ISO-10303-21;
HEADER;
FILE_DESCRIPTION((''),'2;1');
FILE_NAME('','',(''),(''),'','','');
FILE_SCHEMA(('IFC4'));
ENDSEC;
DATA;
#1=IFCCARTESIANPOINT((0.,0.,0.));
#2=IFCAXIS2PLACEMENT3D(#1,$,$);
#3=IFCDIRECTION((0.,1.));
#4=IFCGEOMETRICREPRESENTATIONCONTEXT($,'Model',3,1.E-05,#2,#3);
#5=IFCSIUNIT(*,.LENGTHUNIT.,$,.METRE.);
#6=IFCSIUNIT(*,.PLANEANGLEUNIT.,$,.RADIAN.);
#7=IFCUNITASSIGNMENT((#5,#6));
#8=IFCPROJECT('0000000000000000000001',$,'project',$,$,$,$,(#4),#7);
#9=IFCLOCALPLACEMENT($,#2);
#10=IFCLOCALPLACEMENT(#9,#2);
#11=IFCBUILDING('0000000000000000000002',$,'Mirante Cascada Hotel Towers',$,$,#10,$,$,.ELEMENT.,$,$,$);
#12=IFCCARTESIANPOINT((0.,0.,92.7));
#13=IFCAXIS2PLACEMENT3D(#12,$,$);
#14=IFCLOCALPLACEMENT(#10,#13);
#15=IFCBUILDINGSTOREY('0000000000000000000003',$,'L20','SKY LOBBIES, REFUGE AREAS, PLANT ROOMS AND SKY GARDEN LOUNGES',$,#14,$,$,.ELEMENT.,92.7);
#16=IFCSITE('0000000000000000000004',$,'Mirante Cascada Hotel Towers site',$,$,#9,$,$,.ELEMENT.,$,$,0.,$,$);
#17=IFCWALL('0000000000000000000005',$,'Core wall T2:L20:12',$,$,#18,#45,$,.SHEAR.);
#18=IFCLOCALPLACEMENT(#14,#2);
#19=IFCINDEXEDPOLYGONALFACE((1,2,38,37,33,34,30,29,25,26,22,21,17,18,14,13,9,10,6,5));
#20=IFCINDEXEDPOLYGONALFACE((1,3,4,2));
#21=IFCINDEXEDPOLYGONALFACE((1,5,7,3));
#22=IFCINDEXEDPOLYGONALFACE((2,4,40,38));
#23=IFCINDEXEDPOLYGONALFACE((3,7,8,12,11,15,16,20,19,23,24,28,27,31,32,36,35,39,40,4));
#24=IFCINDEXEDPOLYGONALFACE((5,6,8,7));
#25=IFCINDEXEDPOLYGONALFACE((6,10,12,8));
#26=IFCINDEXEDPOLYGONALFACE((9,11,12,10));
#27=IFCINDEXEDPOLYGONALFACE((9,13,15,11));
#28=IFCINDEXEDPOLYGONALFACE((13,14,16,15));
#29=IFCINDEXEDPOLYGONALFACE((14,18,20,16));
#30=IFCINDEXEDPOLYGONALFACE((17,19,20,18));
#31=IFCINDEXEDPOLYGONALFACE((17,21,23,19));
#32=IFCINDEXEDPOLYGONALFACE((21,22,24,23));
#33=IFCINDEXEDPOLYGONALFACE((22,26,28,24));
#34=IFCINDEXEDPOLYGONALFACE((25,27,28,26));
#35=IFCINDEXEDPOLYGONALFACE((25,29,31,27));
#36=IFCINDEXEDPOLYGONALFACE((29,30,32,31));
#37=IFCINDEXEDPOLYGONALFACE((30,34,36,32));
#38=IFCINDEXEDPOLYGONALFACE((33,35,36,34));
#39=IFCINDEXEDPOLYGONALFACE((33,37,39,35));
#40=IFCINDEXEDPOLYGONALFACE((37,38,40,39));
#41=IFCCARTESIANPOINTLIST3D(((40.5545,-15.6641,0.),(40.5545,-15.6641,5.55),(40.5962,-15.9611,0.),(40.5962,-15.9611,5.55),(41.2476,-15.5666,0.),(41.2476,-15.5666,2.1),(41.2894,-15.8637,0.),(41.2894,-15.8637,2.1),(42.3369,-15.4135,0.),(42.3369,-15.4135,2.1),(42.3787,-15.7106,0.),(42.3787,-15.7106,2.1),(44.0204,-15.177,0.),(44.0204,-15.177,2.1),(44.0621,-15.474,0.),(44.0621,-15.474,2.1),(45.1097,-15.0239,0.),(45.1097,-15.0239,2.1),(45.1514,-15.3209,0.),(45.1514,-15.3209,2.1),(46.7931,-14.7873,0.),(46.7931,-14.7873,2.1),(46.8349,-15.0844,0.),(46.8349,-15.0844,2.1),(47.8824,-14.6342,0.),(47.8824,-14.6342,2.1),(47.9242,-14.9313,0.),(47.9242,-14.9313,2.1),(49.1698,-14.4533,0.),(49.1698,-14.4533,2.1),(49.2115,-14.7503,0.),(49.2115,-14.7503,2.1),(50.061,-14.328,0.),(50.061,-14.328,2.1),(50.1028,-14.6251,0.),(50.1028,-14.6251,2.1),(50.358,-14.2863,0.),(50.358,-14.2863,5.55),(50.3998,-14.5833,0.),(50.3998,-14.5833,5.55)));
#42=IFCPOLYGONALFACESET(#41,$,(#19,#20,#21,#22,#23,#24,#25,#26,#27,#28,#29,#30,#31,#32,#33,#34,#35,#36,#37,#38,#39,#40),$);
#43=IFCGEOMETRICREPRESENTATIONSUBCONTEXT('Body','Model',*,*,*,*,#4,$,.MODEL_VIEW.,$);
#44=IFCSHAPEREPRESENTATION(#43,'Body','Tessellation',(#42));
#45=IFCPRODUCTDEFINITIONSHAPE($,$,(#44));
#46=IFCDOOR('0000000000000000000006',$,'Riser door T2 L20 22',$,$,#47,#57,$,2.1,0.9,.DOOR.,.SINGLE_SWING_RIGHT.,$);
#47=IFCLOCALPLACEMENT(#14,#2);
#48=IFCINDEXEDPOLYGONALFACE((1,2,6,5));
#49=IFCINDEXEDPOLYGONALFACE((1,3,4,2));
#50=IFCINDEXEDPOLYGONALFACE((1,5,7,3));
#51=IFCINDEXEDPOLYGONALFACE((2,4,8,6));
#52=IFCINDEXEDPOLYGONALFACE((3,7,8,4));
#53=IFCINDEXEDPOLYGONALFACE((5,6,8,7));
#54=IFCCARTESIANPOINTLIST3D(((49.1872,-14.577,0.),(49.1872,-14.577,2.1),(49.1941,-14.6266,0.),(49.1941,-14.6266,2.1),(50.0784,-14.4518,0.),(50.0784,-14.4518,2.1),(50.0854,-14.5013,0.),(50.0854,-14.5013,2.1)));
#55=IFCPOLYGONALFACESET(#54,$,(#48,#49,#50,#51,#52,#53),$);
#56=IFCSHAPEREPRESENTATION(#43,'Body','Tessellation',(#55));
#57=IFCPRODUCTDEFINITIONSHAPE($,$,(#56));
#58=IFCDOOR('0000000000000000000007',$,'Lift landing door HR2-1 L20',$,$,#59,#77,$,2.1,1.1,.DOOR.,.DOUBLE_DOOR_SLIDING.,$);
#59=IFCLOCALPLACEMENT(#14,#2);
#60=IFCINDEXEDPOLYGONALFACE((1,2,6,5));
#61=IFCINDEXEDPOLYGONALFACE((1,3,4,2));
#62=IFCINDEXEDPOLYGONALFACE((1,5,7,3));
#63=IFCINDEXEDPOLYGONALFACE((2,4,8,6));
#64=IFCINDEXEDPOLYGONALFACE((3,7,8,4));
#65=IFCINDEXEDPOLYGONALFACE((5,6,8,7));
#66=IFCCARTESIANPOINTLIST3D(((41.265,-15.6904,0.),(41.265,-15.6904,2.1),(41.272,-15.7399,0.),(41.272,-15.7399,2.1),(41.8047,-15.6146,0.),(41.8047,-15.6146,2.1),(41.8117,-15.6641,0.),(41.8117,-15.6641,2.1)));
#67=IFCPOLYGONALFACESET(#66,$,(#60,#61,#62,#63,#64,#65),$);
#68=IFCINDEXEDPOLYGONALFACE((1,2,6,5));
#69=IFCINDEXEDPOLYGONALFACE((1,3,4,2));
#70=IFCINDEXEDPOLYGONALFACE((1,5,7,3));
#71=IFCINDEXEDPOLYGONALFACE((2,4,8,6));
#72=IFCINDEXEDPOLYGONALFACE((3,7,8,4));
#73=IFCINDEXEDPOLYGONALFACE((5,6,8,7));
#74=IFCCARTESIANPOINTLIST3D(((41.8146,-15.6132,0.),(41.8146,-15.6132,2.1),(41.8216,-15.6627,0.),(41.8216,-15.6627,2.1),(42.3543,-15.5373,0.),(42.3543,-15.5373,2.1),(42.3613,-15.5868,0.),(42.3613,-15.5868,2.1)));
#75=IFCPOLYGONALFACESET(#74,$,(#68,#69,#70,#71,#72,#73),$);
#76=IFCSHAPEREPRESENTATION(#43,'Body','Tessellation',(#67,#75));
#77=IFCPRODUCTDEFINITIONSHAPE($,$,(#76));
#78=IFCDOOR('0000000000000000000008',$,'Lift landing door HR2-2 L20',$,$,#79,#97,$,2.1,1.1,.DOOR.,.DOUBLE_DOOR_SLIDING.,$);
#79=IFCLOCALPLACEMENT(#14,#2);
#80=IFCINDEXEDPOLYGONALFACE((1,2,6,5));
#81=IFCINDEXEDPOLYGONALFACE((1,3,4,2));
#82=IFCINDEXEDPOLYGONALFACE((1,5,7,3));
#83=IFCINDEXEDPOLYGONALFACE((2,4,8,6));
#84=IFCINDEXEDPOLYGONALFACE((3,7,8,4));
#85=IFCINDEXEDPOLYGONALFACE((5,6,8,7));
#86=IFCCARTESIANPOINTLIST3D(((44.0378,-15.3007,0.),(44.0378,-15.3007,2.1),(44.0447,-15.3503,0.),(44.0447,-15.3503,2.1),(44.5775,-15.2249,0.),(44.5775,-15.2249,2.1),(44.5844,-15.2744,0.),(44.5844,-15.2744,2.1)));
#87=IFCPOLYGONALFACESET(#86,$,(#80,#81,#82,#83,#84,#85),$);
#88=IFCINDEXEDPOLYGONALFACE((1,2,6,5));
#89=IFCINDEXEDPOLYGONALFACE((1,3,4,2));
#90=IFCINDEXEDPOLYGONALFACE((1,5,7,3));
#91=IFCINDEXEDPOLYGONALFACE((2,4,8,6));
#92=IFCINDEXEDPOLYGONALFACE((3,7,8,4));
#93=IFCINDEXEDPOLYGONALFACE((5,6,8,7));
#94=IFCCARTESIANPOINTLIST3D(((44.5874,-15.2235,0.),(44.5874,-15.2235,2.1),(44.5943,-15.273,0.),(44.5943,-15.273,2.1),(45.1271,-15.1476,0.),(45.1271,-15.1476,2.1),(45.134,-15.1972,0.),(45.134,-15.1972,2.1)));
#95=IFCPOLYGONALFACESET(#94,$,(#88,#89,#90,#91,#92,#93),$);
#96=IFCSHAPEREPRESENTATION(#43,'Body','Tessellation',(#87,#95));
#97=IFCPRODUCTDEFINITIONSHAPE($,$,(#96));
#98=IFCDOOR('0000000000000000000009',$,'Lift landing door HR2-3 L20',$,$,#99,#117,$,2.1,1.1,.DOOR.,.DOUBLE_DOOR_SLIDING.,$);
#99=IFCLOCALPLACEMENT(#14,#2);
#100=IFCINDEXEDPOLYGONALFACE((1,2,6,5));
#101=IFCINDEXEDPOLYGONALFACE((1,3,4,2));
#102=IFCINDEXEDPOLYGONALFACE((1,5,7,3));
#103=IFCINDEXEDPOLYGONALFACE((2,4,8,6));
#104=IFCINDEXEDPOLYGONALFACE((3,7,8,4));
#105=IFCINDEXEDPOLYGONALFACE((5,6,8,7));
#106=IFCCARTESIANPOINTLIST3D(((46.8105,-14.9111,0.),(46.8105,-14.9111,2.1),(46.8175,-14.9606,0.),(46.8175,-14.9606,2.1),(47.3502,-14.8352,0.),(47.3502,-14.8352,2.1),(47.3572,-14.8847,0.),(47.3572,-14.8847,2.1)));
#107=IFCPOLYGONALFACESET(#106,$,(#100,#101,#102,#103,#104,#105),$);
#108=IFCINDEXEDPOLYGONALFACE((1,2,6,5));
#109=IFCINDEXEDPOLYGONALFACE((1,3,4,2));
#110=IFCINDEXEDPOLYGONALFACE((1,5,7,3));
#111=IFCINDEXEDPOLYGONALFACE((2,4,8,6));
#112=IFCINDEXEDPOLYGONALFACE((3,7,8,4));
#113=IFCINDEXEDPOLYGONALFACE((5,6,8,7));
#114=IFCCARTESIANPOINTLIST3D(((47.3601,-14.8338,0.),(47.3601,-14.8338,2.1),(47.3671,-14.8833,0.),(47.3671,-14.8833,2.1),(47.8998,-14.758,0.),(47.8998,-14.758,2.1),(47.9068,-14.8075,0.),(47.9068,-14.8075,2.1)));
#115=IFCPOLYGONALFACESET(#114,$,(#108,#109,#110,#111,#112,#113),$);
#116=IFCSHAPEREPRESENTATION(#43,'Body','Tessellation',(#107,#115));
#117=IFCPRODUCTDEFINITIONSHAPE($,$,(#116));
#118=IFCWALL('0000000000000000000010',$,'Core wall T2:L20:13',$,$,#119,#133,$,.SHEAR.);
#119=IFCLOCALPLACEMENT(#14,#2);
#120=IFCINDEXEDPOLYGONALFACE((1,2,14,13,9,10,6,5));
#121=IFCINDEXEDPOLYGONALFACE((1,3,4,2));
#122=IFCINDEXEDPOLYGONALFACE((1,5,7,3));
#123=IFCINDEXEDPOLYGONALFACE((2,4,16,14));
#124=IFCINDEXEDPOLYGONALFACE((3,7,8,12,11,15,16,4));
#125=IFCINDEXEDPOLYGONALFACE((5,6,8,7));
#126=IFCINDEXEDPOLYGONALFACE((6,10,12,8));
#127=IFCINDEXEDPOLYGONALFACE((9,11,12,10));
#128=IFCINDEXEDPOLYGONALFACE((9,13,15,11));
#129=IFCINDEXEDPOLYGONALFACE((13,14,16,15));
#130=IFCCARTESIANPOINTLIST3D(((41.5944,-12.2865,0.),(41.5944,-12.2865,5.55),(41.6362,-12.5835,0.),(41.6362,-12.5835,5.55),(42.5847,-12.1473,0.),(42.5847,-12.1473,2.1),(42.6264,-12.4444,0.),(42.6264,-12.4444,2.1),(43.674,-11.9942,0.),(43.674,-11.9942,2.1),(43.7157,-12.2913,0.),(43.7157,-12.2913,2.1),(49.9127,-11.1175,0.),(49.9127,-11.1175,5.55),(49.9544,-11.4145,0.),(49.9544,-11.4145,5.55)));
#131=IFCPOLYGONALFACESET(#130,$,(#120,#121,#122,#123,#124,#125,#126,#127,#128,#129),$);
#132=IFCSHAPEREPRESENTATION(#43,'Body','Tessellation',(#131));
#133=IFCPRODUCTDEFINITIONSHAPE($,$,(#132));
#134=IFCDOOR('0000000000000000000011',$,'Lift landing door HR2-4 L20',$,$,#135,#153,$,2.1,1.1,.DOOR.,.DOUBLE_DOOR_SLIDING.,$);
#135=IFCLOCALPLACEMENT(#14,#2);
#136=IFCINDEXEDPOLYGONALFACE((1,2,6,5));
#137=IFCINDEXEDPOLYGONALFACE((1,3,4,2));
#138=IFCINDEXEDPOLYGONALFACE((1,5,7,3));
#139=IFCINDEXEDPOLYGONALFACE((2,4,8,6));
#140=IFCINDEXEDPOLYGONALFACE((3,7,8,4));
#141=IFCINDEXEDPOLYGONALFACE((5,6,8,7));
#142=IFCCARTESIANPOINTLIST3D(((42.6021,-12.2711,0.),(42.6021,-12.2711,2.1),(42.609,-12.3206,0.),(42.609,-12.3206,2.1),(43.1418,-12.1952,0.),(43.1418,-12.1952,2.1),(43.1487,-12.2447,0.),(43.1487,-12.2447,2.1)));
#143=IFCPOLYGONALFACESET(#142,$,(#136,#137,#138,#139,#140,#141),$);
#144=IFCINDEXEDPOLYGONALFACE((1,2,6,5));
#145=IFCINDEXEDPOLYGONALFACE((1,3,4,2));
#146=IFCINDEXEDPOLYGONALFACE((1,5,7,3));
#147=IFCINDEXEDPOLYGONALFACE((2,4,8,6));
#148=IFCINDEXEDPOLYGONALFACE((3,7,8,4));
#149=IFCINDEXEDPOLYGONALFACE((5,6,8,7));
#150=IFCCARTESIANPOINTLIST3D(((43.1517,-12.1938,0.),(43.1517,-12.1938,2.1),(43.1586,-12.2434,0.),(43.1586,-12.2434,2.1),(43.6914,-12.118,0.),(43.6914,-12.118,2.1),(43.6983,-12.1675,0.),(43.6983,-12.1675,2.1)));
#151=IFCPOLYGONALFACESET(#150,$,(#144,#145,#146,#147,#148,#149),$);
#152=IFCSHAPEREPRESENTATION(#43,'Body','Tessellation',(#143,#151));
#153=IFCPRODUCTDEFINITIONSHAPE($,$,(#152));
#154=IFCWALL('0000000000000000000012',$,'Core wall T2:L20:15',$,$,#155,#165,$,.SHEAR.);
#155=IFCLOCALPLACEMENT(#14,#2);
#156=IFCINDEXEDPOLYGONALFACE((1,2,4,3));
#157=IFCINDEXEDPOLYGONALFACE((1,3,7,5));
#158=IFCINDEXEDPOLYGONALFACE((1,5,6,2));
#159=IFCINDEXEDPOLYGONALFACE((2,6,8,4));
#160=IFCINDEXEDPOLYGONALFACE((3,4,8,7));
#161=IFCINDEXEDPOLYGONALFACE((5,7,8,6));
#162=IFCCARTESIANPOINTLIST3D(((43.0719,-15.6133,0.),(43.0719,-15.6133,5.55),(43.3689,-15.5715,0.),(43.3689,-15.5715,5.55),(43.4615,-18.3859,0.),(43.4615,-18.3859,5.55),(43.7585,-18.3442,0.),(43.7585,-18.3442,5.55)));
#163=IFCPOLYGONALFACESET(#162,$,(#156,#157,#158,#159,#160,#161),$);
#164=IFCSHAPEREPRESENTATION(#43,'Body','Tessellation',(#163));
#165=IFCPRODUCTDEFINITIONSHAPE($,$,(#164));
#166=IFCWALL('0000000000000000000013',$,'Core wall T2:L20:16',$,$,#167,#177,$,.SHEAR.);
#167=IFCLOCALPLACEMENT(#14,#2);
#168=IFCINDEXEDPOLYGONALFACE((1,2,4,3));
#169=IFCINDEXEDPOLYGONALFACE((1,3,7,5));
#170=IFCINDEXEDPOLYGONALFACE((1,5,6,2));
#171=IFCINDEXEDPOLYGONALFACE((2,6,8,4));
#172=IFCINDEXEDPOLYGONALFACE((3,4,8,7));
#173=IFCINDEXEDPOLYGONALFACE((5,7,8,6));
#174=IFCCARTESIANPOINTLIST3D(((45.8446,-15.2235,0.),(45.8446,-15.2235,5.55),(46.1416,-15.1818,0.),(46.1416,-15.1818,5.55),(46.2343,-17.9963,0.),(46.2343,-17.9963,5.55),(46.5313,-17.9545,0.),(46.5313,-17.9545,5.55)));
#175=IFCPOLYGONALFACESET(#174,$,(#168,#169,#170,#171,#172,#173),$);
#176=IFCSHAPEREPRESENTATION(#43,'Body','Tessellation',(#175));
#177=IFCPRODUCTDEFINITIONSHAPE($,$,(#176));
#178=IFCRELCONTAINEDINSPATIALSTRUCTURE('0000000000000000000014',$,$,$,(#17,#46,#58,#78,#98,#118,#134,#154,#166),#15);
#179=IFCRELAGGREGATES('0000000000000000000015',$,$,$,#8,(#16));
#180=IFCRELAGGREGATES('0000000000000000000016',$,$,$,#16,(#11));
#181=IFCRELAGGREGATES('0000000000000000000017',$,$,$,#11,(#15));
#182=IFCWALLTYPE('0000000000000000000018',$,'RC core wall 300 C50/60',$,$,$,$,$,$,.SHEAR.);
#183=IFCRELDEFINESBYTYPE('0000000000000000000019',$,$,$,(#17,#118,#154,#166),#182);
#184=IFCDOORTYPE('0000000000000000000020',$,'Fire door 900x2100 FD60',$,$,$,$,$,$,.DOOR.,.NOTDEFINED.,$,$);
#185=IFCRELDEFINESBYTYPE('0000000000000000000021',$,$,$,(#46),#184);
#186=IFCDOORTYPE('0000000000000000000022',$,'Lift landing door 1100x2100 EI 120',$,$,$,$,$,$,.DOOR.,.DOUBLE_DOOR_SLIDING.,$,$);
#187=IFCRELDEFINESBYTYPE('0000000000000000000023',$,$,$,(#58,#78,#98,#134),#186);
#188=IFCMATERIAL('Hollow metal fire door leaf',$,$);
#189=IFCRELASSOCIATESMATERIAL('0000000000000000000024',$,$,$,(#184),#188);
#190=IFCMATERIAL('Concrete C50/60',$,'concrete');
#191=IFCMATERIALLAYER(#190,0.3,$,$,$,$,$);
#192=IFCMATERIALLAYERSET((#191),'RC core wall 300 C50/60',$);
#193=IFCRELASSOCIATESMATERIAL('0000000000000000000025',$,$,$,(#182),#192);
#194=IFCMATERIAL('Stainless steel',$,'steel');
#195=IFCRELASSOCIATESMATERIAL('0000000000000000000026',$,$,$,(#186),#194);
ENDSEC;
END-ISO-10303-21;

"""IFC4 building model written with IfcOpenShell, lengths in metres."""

from ifc_helpers import new_model, si_unit, direction, frame, frame_2d, origin, place, context, subcontext, project, spatial, rectangle, extrude, material, layer, layer_set, type_object, element, fill, save


model = new_model("IFC4")

# Units and contexts
model_context = context("Model", 3, precision=1e-05, world=origin(), true_north=direction((0.0, 1.0)))
body_context = subcontext(model_context, "Body", "Model", "MODEL_VIEW")
ifc_project = project(units=[si_unit("LENGTHUNIT", "METRE"), si_unit("PLANEANGLEUNIT", "RADIAN")], contexts=[model_context])

# Site, building, storey
site_placement = place(None, origin())
site = spatial("IfcSite", under=ifc_project, at=site_placement, Name="Mirante Cascada Hotel Towers site", CompositionType="ELEMENT", RefElevation=0.0)
building_placement = place(site_placement, origin())
building = spatial("IfcBuilding", under=site, at=building_placement, Name="Mirante Cascada Hotel Towers", CompositionType="ELEMENT")
storey_placement = place(building_placement, frame((0.0, 0.0, 92.7)))
storey = spatial("IfcBuildingStorey", under=building, at=storey_placement, Name="L20", Description="SKY LOBBIES, REFUGE AREAS, PLANT ROOMS AND SKY GARDEN LOUNGES", CompositionType="ELEMENT", Elevation=92.7)

# Shared definitions
ifc_material_1 = material(Name="Hollow metal fire door leaf")
door_type_1 = type_object("IfcDoorType", Name="Fire door 900x2100 FD60", OperationType="NOTDEFINED", PredefinedType="DOOR", material=ifc_material_1)

# Shared definitions
ifc_material_2 = material(Name="Concrete C50/60", Category="concrete")
ifc_layer_1 = layer(ifc_material_2, 0.3)
ifc_layer_set_1 = layer_set([ifc_layer_1], Name="RC core wall 300 C50/60")
wall_type_1 = type_object("IfcWallType", Name="RC core wall 300 C50/60", PredefinedType="SHEAR", material=ifc_layer_set_1)

# Wall, openings, doors
wall_1_placement = place(storey_placement, frame((40.5753, -15.8126, 0.0), z_axis=(0.0, 0.0, 1.0), x_axis=(0.990268, 0.139173, 0.0)))
wall_1 = element("IfcWall", 1, at=wall_1_placement, inside=storey, type_object=wall_type_1, Name="Core wall T2:L20:12", PredefinedType="SHEAR", context=body_context, shape_type="SweptSolid", body=[
    extrude(rectangle(XDim=9.8999, YDim=0.3, at=frame_2d((4.95, 0.0))), origin(), (0.0, 0.0, 1.0), 5.55),
])
opening_1_placement = place(wall_1_placement, frame((0.7, 0.0, 0.0)))
opening_1 = element("IfcOpeningElement", 2, at=opening_1_placement, cuts=wall_1, PredefinedType="OPENING", context=body_context, shape_type="SweptSolid", body=[
    extrude(rectangle(XDim=1.1, YDim=2.1, at=frame_2d((0.55, 1.05))), frame((0.0, 0.15, 0.0), z_axis=(0.0, -1.0, 0.0), x_axis=(1.0, 0.0, 0.0)), (0.0, 0.0, 1.0), 0.3),
])
opening_2_placement = place(wall_1_placement, frame((3.5, 0.0, 0.0)))
opening_2 = element("IfcOpeningElement", 3, at=opening_2_placement, cuts=wall_1, PredefinedType="OPENING", context=body_context, shape_type="SweptSolid", body=[
    extrude(rectangle(XDim=1.1, YDim=2.1, at=frame_2d((0.55, 1.05))), frame((0.0, 0.15, 0.0), z_axis=(0.0, -1.0, 0.0), x_axis=(1.0, 0.0, 0.0)), (0.0, 0.0, 1.0), 0.3),
])
opening_3_placement = place(wall_1_placement, frame((6.3, 0.0, 0.0)))
opening_3 = element("IfcOpeningElement", 4, at=opening_3_placement, cuts=wall_1, PredefinedType="OPENING", context=body_context, shape_type="SweptSolid", body=[
    extrude(rectangle(XDim=1.1, YDim=2.1, at=frame_2d((0.55, 1.05))), frame((0.0, 0.15, 0.0), z_axis=(0.0, -1.0, 0.0), x_axis=(1.0, 0.0, 0.0)), (0.0, 0.0, 1.0), 0.3),
])
opening_4_placement = place(wall_1_placement, frame((8.7, 0.0, 0.0)))
opening_4 = element("IfcOpeningElement", 5, at=opening_4_placement, cuts=wall_1, PredefinedType="OPENING", context=body_context, shape_type="SweptSolid", body=[
    extrude(rectangle(XDim=0.9, YDim=2.1, at=frame_2d((0.45, 1.05))), frame((0.0, 0.15, 0.0), z_axis=(0.0, -1.0, 0.0), x_axis=(1.0, 0.0, 0.0)), (0.0, 0.0, 1.0), 0.3),
])
door_1_placement = place(opening_4_placement, frame((0.9, 0.0, 0.0), z_axis=(0.0, 0.0, 1.0), x_axis=(-1.0, 0.0, 0.0)))
door_1 = element("IfcDoor", 6, at=door_1_placement, inside=storey, type_object=door_type_1, Name="Riser door T2 L20 22", OperationType="SINGLE_SWING_RIGHT", OverallHeight=2.1, OverallWidth=0.9, PredefinedType="DOOR", context=body_context, shape_type="SweptSolid", body=[
    extrude(rectangle(XDim=0.9, YDim=2.1, at=frame_2d((0.45, 1.05))), frame((0.0, 0.025, 0.0), z_axis=(0.0, -1.0, 0.0), x_axis=(1.0, 0.0, 0.0)), (0.0, 0.0, 1.0), 0.05),
])
fill(opening_4, door_1)
ifc_material_3 = material(Name="Stainless steel", Category="steel")
door_type_2 = type_object("IfcDoorType", Name="Lift landing door 1100x2100 EI 120", OperationType="DOUBLE_DOOR_SLIDING", PredefinedType="DOOR", material=ifc_material_3)
door_2_placement = place(opening_1_placement, origin())
door_2 = element("IfcDoor", 7, at=door_2_placement, inside=storey, type_object=door_type_2, Name="Lift landing door HR2-1 L20", OperationType="DOUBLE_DOOR_SLIDING", OverallHeight=2.1, OverallWidth=1.1, PredefinedType="DOOR", context=body_context, shape_type="SweptSolid", body=[
    extrude(rectangle(XDim=0.545, YDim=2.1, at=frame_2d((0.2725, 1.05))), frame((0.0, 0.025, 0.0), z_axis=(0.0, -1.0, 0.0), x_axis=(1.0, 0.0, 0.0)), (0.0, 0.0, 1.0), 0.05),
    extrude(rectangle(XDim=0.545, YDim=2.1, at=frame_2d((0.8275, 1.05))), frame((0.0, 0.025, 0.0), z_axis=(0.0, -1.0, 0.0), x_axis=(1.0, 0.0, 0.0)), (0.0, 0.0, 1.0), 0.05),
])
fill(opening_1, door_2)
door_3_placement = place(opening_2_placement, origin())
door_3 = element("IfcDoor", 8, at=door_3_placement, inside=storey, type_object=door_type_2, Name="Lift landing door HR2-2 L20", OperationType="DOUBLE_DOOR_SLIDING", OverallHeight=2.1, OverallWidth=1.1, PredefinedType="DOOR", context=body_context, shape_type="SweptSolid", body=[
    extrude(rectangle(XDim=0.545, YDim=2.1, at=frame_2d((0.2725, 1.05))), frame((0.0, 0.025, 0.0), z_axis=(0.0, -1.0, 0.0), x_axis=(1.0, 0.0, 0.0)), (0.0, 0.0, 1.0), 0.05),
    extrude(rectangle(XDim=0.545, YDim=2.1, at=frame_2d((0.8275, 1.05))), frame((0.0, 0.025, 0.0), z_axis=(0.0, -1.0, 0.0), x_axis=(1.0, 0.0, 0.0)), (0.0, 0.0, 1.0), 0.05),
])
fill(opening_2, door_3)
door_4_placement = place(opening_3_placement, origin())
door_4 = element("IfcDoor", 9, at=door_4_placement, inside=storey, type_object=door_type_2, Name="Lift landing door HR2-3 L20", OperationType="DOUBLE_DOOR_SLIDING", OverallHeight=2.1, OverallWidth=1.1, PredefinedType="DOOR", context=body_context, shape_type="SweptSolid", body=[
    extrude(rectangle(XDim=0.545, YDim=2.1, at=frame_2d((0.2725, 1.05))), frame((0.0, 0.025, 0.0), z_axis=(0.0, -1.0, 0.0), x_axis=(1.0, 0.0, 0.0)), (0.0, 0.0, 1.0), 0.05),
    extrude(rectangle(XDim=0.545, YDim=2.1, at=frame_2d((0.8275, 1.05))), frame((0.0, 0.025, 0.0), z_axis=(0.0, -1.0, 0.0), x_axis=(1.0, 0.0, 0.0)), (0.0, 0.0, 1.0), 0.05),
])
fill(opening_3, door_4)

# Wall, opening, door
wall_2_placement = place(storey_placement, frame((41.6153, -12.435, 0.0), z_axis=(0.0, 0.0, 1.0), x_axis=(0.990269, 0.139166, 0.0)))
wall_2 = element("IfcWall", 10, at=wall_2_placement, inside=storey, type_object=wall_type_1, Name="Core wall T2:L20:13", PredefinedType="SHEAR", context=body_context, shape_type="SweptSolid", body=[
    extrude(rectangle(XDim=8.4, YDim=0.3, at=frame_2d((4.2, 0.0))), origin(), (0.0, 0.0, 1.0), 5.55),
])
opening_5_placement = place(wall_2_placement, frame((1.0, 0.0, 0.0)))
opening_5 = element("IfcOpeningElement", 11, at=opening_5_placement, cuts=wall_2, PredefinedType="OPENING", context=body_context, shape_type="SweptSolid", body=[
    extrude(rectangle(XDim=1.1, YDim=2.1, at=frame_2d((0.55, 1.05))), frame((0.0, 0.15, 0.0), z_axis=(0.0, -1.0, 0.0), x_axis=(1.0, 0.0, 0.0)), (0.0, 0.0, 1.0), 0.3),
])
door_5_placement = place(opening_5_placement, origin())
door_5 = element("IfcDoor", 12, at=door_5_placement, inside=storey, type_object=door_type_2, Name="Lift landing door HR2-4 L20", OperationType="DOUBLE_DOOR_SLIDING", OverallHeight=2.1, OverallWidth=1.1, PredefinedType="DOOR", context=body_context, shape_type="SweptSolid", body=[
    extrude(rectangle(XDim=0.545, YDim=2.1, at=frame_2d((0.2725, 1.05))), frame((0.0, 0.025, 0.0), z_axis=(0.0, -1.0, 0.0), x_axis=(1.0, 0.0, 0.0)), (0.0, 0.0, 1.0), 0.05),
    extrude(rectangle(XDim=0.545, YDim=2.1, at=frame_2d((0.8275, 1.05))), frame((0.0, 0.025, 0.0), z_axis=(0.0, -1.0, 0.0), x_axis=(1.0, 0.0, 0.0)), (0.0, 0.0, 1.0), 0.05),
])
fill(opening_5, door_5)

# Walls
wall_3_placement = place(storey_placement, frame((43.61, -18.3651, 0.0), z_axis=(0.0, 0.0, 1.0), x_axis=(-0.139146, 0.990272, 0.0)))
element("IfcWall", 13, at=wall_3_placement, inside=storey, type_object=wall_type_1, Name="Core wall T2:L20:15", PredefinedType="SHEAR", context=body_context, shape_type="SweptSolid", body=[
    extrude(rectangle(XDim=2.7999, YDim=0.3, at=frame_2d((1.4, 0.0))), origin(), (0.0, 0.0, 1.0), 5.55),
])
for number, where, z_axis, x_axis, name in (
    (14, (46.3828, -17.9754, 0.0), (0.0, 0.0, 1.0), (-0.139181, 0.990267, 0.0), "Core wall T2:L20:16"),
):
    element("IfcWall", number, at=place(storey_placement, frame(where, z_axis=z_axis, x_axis=x_axis)), inside=storey, type_object=wall_type_1, Name=name, PredefinedType="SHEAR", context=body_context, shape_type="SweptSolid", body=[
        extrude(rectangle(XDim=2.8, YDim=0.3, at=frame_2d((1.4, 0.0))), origin(), (0.0, 0.0, 1.0), 5.55),
    ])

save(model, "model.ifc")
